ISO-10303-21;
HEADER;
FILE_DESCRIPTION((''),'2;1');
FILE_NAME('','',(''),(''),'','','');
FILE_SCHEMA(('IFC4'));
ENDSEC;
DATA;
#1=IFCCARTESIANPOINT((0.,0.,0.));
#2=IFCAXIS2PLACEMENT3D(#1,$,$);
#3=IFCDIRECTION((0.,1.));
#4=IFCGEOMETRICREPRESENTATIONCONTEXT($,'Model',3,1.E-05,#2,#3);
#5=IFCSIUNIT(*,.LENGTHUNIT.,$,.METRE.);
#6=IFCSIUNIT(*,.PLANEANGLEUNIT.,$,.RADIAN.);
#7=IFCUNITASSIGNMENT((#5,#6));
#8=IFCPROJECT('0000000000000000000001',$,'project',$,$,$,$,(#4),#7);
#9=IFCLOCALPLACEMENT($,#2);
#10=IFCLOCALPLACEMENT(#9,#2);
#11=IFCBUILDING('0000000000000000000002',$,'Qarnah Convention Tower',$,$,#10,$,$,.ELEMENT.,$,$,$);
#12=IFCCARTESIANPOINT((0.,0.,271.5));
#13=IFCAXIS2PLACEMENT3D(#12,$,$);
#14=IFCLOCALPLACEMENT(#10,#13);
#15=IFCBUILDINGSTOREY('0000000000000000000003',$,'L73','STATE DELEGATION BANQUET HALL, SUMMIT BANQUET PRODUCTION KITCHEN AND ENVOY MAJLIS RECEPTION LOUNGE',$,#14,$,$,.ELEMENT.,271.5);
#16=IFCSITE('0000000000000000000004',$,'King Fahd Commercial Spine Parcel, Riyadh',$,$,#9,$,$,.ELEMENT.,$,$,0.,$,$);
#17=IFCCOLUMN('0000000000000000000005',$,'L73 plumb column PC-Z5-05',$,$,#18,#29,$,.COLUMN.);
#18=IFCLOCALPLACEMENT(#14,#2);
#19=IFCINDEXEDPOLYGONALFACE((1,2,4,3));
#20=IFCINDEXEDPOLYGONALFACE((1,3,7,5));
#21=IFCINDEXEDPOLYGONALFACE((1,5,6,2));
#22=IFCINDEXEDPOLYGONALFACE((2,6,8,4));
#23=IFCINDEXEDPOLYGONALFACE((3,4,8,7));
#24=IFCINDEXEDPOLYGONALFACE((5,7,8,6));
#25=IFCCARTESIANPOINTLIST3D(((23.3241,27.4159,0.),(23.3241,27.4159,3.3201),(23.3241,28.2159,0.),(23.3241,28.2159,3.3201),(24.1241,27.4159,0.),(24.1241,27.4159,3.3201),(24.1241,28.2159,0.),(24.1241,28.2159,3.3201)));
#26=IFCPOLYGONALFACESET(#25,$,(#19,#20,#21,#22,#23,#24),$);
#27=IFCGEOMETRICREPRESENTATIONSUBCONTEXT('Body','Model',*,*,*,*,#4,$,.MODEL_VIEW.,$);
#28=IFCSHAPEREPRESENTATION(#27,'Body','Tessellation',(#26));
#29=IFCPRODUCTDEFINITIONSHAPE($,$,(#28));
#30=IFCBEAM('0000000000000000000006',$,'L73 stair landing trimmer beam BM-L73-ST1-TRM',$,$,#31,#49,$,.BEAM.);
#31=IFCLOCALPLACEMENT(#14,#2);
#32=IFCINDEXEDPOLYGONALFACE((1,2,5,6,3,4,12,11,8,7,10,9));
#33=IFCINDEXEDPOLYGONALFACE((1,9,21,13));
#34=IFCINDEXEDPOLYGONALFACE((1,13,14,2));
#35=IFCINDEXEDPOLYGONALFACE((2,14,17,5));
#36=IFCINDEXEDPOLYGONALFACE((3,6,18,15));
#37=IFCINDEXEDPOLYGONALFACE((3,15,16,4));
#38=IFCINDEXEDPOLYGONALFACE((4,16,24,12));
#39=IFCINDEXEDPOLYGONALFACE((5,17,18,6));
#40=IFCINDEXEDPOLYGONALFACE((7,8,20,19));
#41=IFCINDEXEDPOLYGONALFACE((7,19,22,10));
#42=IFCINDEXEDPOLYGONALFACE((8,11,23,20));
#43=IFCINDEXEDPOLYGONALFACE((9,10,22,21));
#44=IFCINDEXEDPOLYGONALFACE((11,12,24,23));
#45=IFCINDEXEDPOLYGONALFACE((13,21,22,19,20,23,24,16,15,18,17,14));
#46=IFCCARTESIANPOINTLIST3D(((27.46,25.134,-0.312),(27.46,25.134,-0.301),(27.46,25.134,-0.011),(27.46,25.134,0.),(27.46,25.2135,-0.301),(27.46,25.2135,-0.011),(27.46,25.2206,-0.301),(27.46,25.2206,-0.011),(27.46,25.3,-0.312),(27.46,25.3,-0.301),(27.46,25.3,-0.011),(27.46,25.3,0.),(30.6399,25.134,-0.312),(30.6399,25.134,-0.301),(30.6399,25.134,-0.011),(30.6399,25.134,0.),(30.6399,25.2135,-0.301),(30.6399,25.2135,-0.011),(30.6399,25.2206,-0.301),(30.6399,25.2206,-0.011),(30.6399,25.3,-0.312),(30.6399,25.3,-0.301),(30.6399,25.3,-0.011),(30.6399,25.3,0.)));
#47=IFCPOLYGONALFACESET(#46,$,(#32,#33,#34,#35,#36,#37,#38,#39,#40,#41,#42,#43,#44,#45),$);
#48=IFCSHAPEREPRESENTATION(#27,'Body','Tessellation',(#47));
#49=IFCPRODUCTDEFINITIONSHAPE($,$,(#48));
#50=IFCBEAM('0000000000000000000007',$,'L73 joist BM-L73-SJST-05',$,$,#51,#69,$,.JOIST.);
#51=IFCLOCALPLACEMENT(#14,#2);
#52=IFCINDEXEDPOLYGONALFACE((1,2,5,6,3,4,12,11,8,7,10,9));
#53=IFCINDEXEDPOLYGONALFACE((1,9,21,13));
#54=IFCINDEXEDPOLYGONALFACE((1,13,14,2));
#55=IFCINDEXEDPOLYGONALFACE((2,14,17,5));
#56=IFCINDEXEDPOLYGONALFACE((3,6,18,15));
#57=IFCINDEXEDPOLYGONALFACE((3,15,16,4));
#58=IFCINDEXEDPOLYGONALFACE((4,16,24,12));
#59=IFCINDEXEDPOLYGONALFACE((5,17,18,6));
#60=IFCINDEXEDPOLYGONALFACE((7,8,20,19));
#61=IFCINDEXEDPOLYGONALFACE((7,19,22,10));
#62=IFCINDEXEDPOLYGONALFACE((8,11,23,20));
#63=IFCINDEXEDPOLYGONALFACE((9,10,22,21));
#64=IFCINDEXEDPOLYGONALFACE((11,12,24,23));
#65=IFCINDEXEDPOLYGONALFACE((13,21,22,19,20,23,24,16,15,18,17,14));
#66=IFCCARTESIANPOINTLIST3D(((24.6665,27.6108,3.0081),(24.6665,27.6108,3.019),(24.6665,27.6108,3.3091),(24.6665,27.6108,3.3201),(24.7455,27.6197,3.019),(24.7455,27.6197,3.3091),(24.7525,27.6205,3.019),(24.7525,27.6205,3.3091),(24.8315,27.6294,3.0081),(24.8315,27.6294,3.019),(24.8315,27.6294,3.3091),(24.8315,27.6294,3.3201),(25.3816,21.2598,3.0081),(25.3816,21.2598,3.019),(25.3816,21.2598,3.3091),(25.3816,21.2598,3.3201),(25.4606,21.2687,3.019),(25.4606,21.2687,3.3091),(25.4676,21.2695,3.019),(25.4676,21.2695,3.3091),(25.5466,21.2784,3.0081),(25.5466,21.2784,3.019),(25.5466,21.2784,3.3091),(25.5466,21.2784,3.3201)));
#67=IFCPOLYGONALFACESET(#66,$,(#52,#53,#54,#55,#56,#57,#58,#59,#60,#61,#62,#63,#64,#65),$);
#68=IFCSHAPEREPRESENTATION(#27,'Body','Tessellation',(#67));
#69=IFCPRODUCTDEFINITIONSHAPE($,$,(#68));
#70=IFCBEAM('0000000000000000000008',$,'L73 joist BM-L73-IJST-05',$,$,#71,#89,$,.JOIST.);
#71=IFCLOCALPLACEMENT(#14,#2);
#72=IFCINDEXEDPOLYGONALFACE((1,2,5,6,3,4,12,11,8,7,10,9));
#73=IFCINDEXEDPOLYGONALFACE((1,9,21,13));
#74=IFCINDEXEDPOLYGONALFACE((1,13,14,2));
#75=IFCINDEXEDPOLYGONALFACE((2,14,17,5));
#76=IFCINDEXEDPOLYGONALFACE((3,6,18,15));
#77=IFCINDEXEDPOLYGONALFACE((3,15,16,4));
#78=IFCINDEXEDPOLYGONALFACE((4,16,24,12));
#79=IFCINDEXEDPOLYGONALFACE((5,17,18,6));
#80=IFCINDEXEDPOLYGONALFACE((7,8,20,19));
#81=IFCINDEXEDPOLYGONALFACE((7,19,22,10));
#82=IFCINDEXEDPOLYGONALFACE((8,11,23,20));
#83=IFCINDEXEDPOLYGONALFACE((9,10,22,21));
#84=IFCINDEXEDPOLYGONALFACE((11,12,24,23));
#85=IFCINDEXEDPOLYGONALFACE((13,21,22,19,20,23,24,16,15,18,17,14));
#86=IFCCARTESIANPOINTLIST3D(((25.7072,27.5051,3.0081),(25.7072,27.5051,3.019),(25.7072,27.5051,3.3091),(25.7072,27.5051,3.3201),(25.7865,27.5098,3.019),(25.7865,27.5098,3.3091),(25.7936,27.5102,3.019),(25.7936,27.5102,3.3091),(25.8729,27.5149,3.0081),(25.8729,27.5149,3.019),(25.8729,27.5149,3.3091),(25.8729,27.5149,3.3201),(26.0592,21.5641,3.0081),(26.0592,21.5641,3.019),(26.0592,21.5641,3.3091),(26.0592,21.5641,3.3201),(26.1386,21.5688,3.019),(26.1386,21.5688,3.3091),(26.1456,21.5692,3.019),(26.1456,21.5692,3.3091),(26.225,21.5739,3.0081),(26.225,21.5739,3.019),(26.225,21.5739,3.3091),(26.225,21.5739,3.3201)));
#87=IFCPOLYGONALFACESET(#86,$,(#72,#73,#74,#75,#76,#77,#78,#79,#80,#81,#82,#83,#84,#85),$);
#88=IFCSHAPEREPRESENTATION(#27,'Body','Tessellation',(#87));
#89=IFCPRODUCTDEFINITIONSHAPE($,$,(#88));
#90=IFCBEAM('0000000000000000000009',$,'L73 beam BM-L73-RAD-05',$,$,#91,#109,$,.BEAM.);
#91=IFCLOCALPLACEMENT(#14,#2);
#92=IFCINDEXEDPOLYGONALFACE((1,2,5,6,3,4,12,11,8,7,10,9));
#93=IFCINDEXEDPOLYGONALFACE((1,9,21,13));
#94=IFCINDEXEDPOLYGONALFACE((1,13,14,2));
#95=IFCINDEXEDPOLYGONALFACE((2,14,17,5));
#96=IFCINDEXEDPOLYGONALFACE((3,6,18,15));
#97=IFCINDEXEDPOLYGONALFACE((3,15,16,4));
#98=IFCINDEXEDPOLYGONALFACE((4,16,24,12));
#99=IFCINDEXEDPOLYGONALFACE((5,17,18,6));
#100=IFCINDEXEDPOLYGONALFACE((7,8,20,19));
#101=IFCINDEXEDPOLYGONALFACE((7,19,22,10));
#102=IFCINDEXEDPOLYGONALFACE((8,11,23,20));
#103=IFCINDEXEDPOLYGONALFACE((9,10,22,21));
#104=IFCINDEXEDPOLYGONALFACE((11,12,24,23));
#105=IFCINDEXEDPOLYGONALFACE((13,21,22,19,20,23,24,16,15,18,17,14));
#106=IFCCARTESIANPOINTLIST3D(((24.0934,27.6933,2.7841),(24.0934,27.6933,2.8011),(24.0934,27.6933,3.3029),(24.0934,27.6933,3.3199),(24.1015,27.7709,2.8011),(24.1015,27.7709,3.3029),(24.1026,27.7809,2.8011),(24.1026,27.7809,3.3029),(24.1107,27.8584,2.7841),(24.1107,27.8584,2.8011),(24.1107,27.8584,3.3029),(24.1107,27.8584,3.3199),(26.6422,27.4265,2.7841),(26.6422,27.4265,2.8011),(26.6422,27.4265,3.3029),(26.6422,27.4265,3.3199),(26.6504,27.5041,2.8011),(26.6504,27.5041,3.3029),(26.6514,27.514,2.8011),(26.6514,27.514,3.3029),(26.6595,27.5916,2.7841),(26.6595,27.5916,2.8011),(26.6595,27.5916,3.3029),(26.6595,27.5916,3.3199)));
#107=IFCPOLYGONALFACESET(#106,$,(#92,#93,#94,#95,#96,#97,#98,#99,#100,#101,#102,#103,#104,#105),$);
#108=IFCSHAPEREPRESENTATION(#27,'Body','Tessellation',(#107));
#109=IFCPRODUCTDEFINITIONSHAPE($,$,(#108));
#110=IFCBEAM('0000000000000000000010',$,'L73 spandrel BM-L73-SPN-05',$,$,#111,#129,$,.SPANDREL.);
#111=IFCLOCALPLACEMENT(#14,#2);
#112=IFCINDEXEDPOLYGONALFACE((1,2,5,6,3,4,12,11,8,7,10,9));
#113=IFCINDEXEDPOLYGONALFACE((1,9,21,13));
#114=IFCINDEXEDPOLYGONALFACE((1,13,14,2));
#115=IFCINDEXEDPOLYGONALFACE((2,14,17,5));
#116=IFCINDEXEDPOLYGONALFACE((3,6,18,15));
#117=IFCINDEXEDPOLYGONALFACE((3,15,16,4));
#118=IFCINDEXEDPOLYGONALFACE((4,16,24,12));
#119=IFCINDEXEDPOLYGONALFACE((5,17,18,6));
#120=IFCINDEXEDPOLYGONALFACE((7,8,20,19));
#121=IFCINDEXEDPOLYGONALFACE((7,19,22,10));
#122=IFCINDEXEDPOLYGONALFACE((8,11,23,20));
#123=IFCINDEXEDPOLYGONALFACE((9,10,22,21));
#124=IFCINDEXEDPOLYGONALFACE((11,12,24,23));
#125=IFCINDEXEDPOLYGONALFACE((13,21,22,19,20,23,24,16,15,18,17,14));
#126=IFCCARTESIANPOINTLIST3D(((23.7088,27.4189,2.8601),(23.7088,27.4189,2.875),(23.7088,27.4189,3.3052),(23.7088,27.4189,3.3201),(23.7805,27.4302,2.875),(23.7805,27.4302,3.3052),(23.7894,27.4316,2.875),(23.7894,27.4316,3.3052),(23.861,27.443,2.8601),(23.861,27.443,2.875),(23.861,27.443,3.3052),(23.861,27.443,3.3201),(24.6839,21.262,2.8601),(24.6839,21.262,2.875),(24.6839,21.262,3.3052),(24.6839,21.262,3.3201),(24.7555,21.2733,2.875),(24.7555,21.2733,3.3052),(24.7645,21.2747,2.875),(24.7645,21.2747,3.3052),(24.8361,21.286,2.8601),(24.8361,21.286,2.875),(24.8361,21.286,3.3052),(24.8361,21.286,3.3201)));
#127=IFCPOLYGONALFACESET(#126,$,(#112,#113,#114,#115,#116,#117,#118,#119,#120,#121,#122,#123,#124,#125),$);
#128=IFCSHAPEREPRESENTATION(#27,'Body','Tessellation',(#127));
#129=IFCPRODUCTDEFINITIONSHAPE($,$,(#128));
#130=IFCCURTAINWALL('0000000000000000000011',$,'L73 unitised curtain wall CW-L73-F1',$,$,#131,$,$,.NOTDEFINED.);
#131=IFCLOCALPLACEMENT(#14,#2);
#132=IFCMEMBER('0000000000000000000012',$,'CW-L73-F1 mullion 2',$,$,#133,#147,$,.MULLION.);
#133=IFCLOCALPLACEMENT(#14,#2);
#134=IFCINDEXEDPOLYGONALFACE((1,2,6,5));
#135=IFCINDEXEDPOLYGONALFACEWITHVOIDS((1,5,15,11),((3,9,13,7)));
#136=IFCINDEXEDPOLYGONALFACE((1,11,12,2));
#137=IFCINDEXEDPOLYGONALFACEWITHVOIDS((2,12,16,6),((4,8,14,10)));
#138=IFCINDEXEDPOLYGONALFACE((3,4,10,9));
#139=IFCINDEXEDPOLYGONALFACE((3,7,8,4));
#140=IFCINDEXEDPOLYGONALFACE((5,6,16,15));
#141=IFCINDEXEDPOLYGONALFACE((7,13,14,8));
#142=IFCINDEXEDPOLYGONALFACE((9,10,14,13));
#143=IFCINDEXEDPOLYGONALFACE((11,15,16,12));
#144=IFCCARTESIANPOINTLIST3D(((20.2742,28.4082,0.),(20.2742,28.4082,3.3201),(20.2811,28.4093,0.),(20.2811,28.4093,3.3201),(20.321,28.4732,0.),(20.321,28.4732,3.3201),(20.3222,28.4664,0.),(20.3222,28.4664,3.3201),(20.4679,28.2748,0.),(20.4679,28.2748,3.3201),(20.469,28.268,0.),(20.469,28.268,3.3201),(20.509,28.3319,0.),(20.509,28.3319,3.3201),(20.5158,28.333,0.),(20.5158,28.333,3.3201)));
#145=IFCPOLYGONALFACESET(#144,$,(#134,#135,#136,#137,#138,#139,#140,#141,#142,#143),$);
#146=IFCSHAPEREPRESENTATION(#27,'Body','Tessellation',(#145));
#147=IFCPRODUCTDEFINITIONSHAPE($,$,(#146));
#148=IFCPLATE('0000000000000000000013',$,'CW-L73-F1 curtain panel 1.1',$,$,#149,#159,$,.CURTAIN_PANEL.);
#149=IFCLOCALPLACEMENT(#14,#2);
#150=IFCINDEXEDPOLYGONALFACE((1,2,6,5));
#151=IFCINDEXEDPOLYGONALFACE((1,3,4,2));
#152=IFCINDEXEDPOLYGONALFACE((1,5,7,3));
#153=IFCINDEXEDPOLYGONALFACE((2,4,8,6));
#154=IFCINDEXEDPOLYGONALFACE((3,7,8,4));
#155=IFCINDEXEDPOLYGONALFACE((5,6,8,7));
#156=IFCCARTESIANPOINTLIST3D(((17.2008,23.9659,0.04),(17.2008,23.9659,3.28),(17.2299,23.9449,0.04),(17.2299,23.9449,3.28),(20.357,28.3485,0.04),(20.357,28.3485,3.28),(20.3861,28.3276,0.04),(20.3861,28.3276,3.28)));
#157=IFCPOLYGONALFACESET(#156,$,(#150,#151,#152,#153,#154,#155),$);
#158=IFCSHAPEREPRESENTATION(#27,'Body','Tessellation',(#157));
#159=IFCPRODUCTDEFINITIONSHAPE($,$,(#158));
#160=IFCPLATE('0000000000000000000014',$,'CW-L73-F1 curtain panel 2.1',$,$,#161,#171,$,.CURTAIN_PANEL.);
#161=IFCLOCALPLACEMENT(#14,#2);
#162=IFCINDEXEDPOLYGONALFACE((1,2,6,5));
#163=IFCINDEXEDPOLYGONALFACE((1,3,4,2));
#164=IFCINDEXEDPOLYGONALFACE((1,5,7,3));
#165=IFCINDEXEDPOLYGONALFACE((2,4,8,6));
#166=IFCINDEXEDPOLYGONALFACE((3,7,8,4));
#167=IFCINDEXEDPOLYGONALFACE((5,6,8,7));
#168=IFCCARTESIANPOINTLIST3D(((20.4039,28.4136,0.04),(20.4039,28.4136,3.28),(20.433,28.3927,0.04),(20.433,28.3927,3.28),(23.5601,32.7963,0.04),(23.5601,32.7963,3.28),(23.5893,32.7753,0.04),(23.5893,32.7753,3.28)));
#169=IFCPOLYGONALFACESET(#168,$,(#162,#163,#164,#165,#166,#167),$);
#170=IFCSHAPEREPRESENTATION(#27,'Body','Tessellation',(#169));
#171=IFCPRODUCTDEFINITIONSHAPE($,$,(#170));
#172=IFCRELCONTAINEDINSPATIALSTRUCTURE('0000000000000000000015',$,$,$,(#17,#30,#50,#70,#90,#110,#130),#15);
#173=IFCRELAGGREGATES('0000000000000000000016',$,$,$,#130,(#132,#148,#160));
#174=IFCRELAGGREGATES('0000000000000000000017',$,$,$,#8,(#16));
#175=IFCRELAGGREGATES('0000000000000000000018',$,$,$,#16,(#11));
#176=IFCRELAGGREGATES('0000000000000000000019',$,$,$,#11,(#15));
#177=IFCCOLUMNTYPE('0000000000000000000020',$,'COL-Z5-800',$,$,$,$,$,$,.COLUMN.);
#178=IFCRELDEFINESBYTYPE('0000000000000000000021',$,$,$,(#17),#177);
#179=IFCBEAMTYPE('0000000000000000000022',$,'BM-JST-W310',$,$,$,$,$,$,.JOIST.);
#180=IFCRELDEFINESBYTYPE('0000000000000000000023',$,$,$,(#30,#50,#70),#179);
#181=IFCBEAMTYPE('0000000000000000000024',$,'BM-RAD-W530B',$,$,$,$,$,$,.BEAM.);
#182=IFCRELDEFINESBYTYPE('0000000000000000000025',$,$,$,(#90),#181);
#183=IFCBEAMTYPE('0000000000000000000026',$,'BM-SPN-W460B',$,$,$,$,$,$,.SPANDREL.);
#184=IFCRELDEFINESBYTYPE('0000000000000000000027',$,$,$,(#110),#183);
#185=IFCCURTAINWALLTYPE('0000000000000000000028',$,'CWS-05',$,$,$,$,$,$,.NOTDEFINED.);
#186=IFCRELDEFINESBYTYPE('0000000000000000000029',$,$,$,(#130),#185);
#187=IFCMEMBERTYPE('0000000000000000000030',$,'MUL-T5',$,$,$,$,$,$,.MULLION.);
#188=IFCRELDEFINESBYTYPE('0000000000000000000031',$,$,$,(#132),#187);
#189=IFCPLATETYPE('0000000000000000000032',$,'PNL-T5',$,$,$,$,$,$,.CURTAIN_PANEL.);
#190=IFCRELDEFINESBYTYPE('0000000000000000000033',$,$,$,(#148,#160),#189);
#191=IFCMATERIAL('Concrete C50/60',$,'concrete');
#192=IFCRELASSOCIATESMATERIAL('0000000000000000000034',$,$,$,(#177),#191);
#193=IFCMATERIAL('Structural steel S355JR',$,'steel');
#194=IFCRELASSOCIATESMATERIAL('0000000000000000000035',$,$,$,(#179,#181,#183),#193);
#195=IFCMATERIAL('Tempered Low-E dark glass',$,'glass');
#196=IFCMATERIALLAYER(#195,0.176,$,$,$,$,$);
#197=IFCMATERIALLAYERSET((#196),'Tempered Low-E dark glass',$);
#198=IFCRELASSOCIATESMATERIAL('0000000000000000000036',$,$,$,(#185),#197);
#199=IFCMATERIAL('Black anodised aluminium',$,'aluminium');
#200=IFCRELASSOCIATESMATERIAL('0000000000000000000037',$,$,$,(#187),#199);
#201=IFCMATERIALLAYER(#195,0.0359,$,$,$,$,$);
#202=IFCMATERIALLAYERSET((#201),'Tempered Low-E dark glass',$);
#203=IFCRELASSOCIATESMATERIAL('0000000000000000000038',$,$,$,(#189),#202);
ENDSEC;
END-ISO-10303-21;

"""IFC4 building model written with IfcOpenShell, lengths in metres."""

from ifc_helpers import new_model, si_unit, direction, frame, origin, origin_2d, place, context, subcontext, project, spatial, rectangle, hollow_rectangle, i_section, extrude, material, layer, layer_set, material_profile, profile_set, type_object, element, aggregate, save


model = new_model("IFC4")

# Units and contexts
model_context = context("Model", 3, precision=1e-05, world=origin(), true_north=direction((0.0, 1.0)))
body_context = subcontext(model_context, "Body", "Model", "MODEL_VIEW")
ifc_project = project(units=[si_unit("LENGTHUNIT", "METRE"), si_unit("PLANEANGLEUNIT", "RADIAN")], contexts=[model_context])

# Site, building, storey
site_placement = place(None, origin())
site = spatial("IfcSite", under=ifc_project, at=site_placement, Name="King Fahd Commercial Spine Parcel, Riyadh", CompositionType="ELEMENT", RefElevation=0.0)
building_placement = place(site_placement, origin())
building = spatial("IfcBuilding", under=site, at=building_placement, Name="Qarnah Convention Tower", CompositionType="ELEMENT")
storey_placement = place(building_placement, frame((0.0, 0.0, 271.5)))
storey = spatial("IfcBuildingStorey", under=building, at=storey_placement, Name="L73", Description="STATE DELEGATION BANQUET HALL, SUMMIT BANQUET PRODUCTION KITCHEN AND ENVOY MAJLIS RECEPTION LOUNGE", CompositionType="ELEMENT", Elevation=271.5)

# Column
ifc_material_1 = material(Name="Concrete C50/60", Category="concrete")
ifc_material_profile_1 = material_profile(ifc_material_1, rectangle(XDim=0.8, YDim=0.8, at=origin_2d()), Name="RC-COL-800X800")
ifc_profile_set_1 = profile_set([ifc_material_profile_1], Name="Concrete C50/60")
column_type = type_object("IfcColumnType", Name="COL-Z5-800", PredefinedType="COLUMN", material=ifc_profile_set_1)
column_placement = place(storey_placement, frame((23.7241, 27.8159, 0.0), z_axis=(0.0, 0.0, 1.0), x_axis=(1.0, 0.0, 0.0)))
element("IfcColumn", 1, at=column_placement, inside=storey, type_object=column_type, Name="L73 plumb column PC-Z5-05", PredefinedType="COLUMN", context=body_context, shape_type="SweptSolid", body=[
    extrude(rectangle(XDim=0.8, YDim=0.8, at=origin_2d()), origin(), (0.0, 0.0, 1.0), 3.3201),
])

# Beams
ifc_material_2 = material(Name="Structural steel S355JR", Category="steel")
ifc_material_profile_2 = material_profile(ifc_material_2, i_section(OverallWidth=0.166, OverallDepth=0.312, WebThickness=0.0071, FlangeThickness=0.011, at=origin_2d()), Name="W310X45")
ifc_profile_set_2 = profile_set([ifc_material_profile_2], Name="Structural steel S355JR")
beam_type_1 = type_object("IfcBeamType", Name="BM-JST-W310", PredefinedType="JOIST", material=ifc_profile_set_2)
beam_1_placement = place(storey_placement, frame((27.46, 25.217, -0.156), z_axis=(1.0, 0.0, 0.0), x_axis=(0.0, 1.0, 0.0)))
element("IfcBeam", 2, at=beam_1_placement, inside=storey, type_object=beam_type_1, Name="L73 stair landing trimmer beam BM-L73-ST1-TRM", PredefinedType="BEAM", context=body_context, shape_type="SweptSolid", body=[
    extrude(i_section(OverallWidth=0.166, OverallDepth=0.312, WebThickness=0.0071, FlangeThickness=0.011, at=origin_2d()), origin(), (0.0, 0.0, 1.0), 3.1799),
])
beam_2_placement = place(storey_placement, frame((24.749, 27.6201, 3.1641), z_axis=(0.111886, -0.993721, 0.0), x_axis=(0.993721, 0.111886, 0.0)))
element("IfcBeam", 3, at=beam_2_placement, inside=storey, type_object=beam_type_1, Name="L73 joist BM-L73-SJST-05", PredefinedType="JOIST", context=body_context, shape_type="SweptSolid", body=[
    extrude(i_section(OverallWidth=0.166, OverallDepth=0.312, WebThickness=0.0071, FlangeThickness=0.011, at=origin_2d()), origin(), (0.0, 0.0, 1.0), 6.3911),
])
beam_3_placement = place(storey_placement, frame((25.79, 27.51, 3.1641), z_axis=(0.059155, -0.998249, 0.0), x_axis=(0.998249, 0.059155, 0.0)))
element("IfcBeam", 4, at=beam_3_placement, inside=storey, type_object=beam_type_1, Name="L73 joist BM-L73-IJST-05", PredefinedType="JOIST", context=body_context, shape_type="SweptSolid", body=[
    extrude(i_section(OverallWidth=0.166, OverallDepth=0.312, WebThickness=0.0071, FlangeThickness=0.011, at=origin_2d()), origin(), (0.0, 0.0, 1.0), 5.9514),
])
ifc_material_profile_3 = material_profile(ifc_material_2, i_section(OverallWidth=0.166, OverallDepth=0.5359, WebThickness=0.01, FlangeThickness=0.0171, at=origin_2d()), Name="W530X85")
ifc_profile_set_3 = profile_set([ifc_material_profile_3], Name="Structural steel S355JR")
beam_type_2 = type_object("IfcBeamType", Name="BM-RAD-W530B", PredefinedType="BEAM", material=ifc_profile_set_3)
beam_4_placement = place(storey_placement, frame((26.6509, 27.509, 3.052), z_axis=(-0.994564, 0.104124, 0.0), x_axis=(-0.104124, -0.994564, 0.0)))
element("IfcBeam", 5, at=beam_4_placement, inside=storey, type_object=beam_type_2, Name="L73 beam BM-L73-RAD-05", PredefinedType="BEAM", context=body_context, shape_type="SweptSolid", body=[
    extrude(i_section(OverallWidth=0.166, OverallDepth=0.5359, WebThickness=0.01, FlangeThickness=0.0171, at=origin_2d()), origin(), (0.0, 0.0, 1.0), 2.5627),
])
ifc_material_profile_4 = material_profile(ifc_material_2, i_section(OverallWidth=0.1541, OverallDepth=0.46, WebThickness=0.009, FlangeThickness=0.0149, at=origin_2d()), Name="W460X68")
ifc_profile_set_4 = profile_set([ifc_material_profile_4], Name="Structural steel S355JR")
beam_type_3 = type_object("IfcBeamType", Name="BM-SPN-W460B", PredefinedType="SPANDREL", material=ifc_profile_set_4)
beam_5_placement = place(storey_placement, frame((23.7849, 27.4309, 3.0901), z_axis=(0.156423, -0.98769, 0.0), x_axis=(0.98769, 0.156423, 0.0)))
element("IfcBeam", 6, at=beam_5_placement, inside=storey, type_object=beam_type_3, Name="L73 spandrel BM-L73-SPN-05", PredefinedType="SPANDREL", context=body_context, shape_type="SweptSolid", body=[
    extrude(i_section(OverallWidth=0.1541, OverallDepth=0.46, WebThickness=0.009, FlangeThickness=0.0149, at=origin_2d()), origin(), (0.0, 0.0, 1.0), 6.2336),
])

# Curtain wall, member, plates
ifc_material_3 = material(Name="Tempered Low-E dark glass", Category="glass")
ifc_layer_1 = layer(ifc_material_3, 0.176)
ifc_layer_set_1 = layer_set([ifc_layer_1], Name="Tempered Low-E dark glass")
curtain_wall_type = type_object("IfcCurtainWallType", Name="CWS-05", PredefinedType="NOTDEFINED", material=ifc_layer_set_1)
curtain_wall_placement = place(storey_placement, origin())
curtain_wall = element("IfcCurtainWall", 7, at=curtain_wall_placement, inside=storey, type_object=curtain_wall_type, Name="L73 unitised curtain wall CW-L73-F1", PredefinedType="NOTDEFINED")
ifc_material_4 = material(Name="Black anodised aluminium", Category="aluminium")
ifc_material_profile_5 = material_profile(ifc_material_4, hollow_rectangle(XDim=0.0801, YDim=0.24, WallThickness=0.0049, at=origin_2d()), Name="MUL-80X240")
ifc_profile_set_5 = profile_set([ifc_material_profile_5], Name="Black anodised aluminium")
member_type = type_object("IfcMemberType", Name="MUL-T5", PredefinedType="MULLION", material=ifc_profile_set_5)
member_placement = place(storey_placement, frame((20.395, 28.3706, 0.0), z_axis=(0.0, 0.0, 1.0), x_axis=(0.584392, 0.811471, 0.0)))
member = element("IfcMember", 8, at=member_placement, type_object=member_type, Name="CW-L73-F1 mullion 2", PredefinedType="MULLION", context=body_context, shape_type="SweptSolid", body=[
    extrude(hollow_rectangle(XDim=0.0801, YDim=0.24, WallThickness=0.0049, at=origin_2d()), origin(), (0.0, 0.0, 1.0), 3.3201),
])
ifc_layer_2 = layer(ifc_material_3, 0.0359)
ifc_layer_set_2 = layer_set([ifc_layer_2], Name="Tempered Low-E dark glass")
plate_type = type_object("IfcPlateType", Name="PNL-T5", PredefinedType="CURTAIN_PANEL", material=ifc_layer_set_2)
plate_1_placement = place(storey_placement, frame((18.7935, 26.1467, 0.04), z_axis=(0.0, 0.0, 1.0), x_axis=(0.584392, 0.811471, 0.0)))
plate_1 = element("IfcPlate", 9, at=plate_1_placement, type_object=plate_type, Name="CW-L73-F1 curtain panel 1.1", PredefinedType="CURTAIN_PANEL", context=body_context, shape_type="SweptSolid", body=[
    extrude(rectangle(XDim=5.4009, YDim=0.0359, at=origin_2d()), origin(), (0.0, 0.0, 1.0), 3.24),
])
plate_2_placement = place(storey_placement, frame((21.9966, 30.5945, 0.04), z_axis=(0.0, 0.0, 1.0), x_axis=(0.584392, 0.811471, 0.0)))
plate_2 = element("IfcPlate", 10, at=plate_2_placement, type_object=plate_type, Name="CW-L73-F1 curtain panel 2.1", PredefinedType="CURTAIN_PANEL", context=body_context, shape_type="SweptSolid", body=[
    extrude(rectangle(XDim=5.4009, YDim=0.0359, at=origin_2d()), origin(), (0.0, 0.0, 1.0), 3.24),
])
aggregate(curtain_wall, [member, plate_1, plate_2])

save(model, "model.ifc")
